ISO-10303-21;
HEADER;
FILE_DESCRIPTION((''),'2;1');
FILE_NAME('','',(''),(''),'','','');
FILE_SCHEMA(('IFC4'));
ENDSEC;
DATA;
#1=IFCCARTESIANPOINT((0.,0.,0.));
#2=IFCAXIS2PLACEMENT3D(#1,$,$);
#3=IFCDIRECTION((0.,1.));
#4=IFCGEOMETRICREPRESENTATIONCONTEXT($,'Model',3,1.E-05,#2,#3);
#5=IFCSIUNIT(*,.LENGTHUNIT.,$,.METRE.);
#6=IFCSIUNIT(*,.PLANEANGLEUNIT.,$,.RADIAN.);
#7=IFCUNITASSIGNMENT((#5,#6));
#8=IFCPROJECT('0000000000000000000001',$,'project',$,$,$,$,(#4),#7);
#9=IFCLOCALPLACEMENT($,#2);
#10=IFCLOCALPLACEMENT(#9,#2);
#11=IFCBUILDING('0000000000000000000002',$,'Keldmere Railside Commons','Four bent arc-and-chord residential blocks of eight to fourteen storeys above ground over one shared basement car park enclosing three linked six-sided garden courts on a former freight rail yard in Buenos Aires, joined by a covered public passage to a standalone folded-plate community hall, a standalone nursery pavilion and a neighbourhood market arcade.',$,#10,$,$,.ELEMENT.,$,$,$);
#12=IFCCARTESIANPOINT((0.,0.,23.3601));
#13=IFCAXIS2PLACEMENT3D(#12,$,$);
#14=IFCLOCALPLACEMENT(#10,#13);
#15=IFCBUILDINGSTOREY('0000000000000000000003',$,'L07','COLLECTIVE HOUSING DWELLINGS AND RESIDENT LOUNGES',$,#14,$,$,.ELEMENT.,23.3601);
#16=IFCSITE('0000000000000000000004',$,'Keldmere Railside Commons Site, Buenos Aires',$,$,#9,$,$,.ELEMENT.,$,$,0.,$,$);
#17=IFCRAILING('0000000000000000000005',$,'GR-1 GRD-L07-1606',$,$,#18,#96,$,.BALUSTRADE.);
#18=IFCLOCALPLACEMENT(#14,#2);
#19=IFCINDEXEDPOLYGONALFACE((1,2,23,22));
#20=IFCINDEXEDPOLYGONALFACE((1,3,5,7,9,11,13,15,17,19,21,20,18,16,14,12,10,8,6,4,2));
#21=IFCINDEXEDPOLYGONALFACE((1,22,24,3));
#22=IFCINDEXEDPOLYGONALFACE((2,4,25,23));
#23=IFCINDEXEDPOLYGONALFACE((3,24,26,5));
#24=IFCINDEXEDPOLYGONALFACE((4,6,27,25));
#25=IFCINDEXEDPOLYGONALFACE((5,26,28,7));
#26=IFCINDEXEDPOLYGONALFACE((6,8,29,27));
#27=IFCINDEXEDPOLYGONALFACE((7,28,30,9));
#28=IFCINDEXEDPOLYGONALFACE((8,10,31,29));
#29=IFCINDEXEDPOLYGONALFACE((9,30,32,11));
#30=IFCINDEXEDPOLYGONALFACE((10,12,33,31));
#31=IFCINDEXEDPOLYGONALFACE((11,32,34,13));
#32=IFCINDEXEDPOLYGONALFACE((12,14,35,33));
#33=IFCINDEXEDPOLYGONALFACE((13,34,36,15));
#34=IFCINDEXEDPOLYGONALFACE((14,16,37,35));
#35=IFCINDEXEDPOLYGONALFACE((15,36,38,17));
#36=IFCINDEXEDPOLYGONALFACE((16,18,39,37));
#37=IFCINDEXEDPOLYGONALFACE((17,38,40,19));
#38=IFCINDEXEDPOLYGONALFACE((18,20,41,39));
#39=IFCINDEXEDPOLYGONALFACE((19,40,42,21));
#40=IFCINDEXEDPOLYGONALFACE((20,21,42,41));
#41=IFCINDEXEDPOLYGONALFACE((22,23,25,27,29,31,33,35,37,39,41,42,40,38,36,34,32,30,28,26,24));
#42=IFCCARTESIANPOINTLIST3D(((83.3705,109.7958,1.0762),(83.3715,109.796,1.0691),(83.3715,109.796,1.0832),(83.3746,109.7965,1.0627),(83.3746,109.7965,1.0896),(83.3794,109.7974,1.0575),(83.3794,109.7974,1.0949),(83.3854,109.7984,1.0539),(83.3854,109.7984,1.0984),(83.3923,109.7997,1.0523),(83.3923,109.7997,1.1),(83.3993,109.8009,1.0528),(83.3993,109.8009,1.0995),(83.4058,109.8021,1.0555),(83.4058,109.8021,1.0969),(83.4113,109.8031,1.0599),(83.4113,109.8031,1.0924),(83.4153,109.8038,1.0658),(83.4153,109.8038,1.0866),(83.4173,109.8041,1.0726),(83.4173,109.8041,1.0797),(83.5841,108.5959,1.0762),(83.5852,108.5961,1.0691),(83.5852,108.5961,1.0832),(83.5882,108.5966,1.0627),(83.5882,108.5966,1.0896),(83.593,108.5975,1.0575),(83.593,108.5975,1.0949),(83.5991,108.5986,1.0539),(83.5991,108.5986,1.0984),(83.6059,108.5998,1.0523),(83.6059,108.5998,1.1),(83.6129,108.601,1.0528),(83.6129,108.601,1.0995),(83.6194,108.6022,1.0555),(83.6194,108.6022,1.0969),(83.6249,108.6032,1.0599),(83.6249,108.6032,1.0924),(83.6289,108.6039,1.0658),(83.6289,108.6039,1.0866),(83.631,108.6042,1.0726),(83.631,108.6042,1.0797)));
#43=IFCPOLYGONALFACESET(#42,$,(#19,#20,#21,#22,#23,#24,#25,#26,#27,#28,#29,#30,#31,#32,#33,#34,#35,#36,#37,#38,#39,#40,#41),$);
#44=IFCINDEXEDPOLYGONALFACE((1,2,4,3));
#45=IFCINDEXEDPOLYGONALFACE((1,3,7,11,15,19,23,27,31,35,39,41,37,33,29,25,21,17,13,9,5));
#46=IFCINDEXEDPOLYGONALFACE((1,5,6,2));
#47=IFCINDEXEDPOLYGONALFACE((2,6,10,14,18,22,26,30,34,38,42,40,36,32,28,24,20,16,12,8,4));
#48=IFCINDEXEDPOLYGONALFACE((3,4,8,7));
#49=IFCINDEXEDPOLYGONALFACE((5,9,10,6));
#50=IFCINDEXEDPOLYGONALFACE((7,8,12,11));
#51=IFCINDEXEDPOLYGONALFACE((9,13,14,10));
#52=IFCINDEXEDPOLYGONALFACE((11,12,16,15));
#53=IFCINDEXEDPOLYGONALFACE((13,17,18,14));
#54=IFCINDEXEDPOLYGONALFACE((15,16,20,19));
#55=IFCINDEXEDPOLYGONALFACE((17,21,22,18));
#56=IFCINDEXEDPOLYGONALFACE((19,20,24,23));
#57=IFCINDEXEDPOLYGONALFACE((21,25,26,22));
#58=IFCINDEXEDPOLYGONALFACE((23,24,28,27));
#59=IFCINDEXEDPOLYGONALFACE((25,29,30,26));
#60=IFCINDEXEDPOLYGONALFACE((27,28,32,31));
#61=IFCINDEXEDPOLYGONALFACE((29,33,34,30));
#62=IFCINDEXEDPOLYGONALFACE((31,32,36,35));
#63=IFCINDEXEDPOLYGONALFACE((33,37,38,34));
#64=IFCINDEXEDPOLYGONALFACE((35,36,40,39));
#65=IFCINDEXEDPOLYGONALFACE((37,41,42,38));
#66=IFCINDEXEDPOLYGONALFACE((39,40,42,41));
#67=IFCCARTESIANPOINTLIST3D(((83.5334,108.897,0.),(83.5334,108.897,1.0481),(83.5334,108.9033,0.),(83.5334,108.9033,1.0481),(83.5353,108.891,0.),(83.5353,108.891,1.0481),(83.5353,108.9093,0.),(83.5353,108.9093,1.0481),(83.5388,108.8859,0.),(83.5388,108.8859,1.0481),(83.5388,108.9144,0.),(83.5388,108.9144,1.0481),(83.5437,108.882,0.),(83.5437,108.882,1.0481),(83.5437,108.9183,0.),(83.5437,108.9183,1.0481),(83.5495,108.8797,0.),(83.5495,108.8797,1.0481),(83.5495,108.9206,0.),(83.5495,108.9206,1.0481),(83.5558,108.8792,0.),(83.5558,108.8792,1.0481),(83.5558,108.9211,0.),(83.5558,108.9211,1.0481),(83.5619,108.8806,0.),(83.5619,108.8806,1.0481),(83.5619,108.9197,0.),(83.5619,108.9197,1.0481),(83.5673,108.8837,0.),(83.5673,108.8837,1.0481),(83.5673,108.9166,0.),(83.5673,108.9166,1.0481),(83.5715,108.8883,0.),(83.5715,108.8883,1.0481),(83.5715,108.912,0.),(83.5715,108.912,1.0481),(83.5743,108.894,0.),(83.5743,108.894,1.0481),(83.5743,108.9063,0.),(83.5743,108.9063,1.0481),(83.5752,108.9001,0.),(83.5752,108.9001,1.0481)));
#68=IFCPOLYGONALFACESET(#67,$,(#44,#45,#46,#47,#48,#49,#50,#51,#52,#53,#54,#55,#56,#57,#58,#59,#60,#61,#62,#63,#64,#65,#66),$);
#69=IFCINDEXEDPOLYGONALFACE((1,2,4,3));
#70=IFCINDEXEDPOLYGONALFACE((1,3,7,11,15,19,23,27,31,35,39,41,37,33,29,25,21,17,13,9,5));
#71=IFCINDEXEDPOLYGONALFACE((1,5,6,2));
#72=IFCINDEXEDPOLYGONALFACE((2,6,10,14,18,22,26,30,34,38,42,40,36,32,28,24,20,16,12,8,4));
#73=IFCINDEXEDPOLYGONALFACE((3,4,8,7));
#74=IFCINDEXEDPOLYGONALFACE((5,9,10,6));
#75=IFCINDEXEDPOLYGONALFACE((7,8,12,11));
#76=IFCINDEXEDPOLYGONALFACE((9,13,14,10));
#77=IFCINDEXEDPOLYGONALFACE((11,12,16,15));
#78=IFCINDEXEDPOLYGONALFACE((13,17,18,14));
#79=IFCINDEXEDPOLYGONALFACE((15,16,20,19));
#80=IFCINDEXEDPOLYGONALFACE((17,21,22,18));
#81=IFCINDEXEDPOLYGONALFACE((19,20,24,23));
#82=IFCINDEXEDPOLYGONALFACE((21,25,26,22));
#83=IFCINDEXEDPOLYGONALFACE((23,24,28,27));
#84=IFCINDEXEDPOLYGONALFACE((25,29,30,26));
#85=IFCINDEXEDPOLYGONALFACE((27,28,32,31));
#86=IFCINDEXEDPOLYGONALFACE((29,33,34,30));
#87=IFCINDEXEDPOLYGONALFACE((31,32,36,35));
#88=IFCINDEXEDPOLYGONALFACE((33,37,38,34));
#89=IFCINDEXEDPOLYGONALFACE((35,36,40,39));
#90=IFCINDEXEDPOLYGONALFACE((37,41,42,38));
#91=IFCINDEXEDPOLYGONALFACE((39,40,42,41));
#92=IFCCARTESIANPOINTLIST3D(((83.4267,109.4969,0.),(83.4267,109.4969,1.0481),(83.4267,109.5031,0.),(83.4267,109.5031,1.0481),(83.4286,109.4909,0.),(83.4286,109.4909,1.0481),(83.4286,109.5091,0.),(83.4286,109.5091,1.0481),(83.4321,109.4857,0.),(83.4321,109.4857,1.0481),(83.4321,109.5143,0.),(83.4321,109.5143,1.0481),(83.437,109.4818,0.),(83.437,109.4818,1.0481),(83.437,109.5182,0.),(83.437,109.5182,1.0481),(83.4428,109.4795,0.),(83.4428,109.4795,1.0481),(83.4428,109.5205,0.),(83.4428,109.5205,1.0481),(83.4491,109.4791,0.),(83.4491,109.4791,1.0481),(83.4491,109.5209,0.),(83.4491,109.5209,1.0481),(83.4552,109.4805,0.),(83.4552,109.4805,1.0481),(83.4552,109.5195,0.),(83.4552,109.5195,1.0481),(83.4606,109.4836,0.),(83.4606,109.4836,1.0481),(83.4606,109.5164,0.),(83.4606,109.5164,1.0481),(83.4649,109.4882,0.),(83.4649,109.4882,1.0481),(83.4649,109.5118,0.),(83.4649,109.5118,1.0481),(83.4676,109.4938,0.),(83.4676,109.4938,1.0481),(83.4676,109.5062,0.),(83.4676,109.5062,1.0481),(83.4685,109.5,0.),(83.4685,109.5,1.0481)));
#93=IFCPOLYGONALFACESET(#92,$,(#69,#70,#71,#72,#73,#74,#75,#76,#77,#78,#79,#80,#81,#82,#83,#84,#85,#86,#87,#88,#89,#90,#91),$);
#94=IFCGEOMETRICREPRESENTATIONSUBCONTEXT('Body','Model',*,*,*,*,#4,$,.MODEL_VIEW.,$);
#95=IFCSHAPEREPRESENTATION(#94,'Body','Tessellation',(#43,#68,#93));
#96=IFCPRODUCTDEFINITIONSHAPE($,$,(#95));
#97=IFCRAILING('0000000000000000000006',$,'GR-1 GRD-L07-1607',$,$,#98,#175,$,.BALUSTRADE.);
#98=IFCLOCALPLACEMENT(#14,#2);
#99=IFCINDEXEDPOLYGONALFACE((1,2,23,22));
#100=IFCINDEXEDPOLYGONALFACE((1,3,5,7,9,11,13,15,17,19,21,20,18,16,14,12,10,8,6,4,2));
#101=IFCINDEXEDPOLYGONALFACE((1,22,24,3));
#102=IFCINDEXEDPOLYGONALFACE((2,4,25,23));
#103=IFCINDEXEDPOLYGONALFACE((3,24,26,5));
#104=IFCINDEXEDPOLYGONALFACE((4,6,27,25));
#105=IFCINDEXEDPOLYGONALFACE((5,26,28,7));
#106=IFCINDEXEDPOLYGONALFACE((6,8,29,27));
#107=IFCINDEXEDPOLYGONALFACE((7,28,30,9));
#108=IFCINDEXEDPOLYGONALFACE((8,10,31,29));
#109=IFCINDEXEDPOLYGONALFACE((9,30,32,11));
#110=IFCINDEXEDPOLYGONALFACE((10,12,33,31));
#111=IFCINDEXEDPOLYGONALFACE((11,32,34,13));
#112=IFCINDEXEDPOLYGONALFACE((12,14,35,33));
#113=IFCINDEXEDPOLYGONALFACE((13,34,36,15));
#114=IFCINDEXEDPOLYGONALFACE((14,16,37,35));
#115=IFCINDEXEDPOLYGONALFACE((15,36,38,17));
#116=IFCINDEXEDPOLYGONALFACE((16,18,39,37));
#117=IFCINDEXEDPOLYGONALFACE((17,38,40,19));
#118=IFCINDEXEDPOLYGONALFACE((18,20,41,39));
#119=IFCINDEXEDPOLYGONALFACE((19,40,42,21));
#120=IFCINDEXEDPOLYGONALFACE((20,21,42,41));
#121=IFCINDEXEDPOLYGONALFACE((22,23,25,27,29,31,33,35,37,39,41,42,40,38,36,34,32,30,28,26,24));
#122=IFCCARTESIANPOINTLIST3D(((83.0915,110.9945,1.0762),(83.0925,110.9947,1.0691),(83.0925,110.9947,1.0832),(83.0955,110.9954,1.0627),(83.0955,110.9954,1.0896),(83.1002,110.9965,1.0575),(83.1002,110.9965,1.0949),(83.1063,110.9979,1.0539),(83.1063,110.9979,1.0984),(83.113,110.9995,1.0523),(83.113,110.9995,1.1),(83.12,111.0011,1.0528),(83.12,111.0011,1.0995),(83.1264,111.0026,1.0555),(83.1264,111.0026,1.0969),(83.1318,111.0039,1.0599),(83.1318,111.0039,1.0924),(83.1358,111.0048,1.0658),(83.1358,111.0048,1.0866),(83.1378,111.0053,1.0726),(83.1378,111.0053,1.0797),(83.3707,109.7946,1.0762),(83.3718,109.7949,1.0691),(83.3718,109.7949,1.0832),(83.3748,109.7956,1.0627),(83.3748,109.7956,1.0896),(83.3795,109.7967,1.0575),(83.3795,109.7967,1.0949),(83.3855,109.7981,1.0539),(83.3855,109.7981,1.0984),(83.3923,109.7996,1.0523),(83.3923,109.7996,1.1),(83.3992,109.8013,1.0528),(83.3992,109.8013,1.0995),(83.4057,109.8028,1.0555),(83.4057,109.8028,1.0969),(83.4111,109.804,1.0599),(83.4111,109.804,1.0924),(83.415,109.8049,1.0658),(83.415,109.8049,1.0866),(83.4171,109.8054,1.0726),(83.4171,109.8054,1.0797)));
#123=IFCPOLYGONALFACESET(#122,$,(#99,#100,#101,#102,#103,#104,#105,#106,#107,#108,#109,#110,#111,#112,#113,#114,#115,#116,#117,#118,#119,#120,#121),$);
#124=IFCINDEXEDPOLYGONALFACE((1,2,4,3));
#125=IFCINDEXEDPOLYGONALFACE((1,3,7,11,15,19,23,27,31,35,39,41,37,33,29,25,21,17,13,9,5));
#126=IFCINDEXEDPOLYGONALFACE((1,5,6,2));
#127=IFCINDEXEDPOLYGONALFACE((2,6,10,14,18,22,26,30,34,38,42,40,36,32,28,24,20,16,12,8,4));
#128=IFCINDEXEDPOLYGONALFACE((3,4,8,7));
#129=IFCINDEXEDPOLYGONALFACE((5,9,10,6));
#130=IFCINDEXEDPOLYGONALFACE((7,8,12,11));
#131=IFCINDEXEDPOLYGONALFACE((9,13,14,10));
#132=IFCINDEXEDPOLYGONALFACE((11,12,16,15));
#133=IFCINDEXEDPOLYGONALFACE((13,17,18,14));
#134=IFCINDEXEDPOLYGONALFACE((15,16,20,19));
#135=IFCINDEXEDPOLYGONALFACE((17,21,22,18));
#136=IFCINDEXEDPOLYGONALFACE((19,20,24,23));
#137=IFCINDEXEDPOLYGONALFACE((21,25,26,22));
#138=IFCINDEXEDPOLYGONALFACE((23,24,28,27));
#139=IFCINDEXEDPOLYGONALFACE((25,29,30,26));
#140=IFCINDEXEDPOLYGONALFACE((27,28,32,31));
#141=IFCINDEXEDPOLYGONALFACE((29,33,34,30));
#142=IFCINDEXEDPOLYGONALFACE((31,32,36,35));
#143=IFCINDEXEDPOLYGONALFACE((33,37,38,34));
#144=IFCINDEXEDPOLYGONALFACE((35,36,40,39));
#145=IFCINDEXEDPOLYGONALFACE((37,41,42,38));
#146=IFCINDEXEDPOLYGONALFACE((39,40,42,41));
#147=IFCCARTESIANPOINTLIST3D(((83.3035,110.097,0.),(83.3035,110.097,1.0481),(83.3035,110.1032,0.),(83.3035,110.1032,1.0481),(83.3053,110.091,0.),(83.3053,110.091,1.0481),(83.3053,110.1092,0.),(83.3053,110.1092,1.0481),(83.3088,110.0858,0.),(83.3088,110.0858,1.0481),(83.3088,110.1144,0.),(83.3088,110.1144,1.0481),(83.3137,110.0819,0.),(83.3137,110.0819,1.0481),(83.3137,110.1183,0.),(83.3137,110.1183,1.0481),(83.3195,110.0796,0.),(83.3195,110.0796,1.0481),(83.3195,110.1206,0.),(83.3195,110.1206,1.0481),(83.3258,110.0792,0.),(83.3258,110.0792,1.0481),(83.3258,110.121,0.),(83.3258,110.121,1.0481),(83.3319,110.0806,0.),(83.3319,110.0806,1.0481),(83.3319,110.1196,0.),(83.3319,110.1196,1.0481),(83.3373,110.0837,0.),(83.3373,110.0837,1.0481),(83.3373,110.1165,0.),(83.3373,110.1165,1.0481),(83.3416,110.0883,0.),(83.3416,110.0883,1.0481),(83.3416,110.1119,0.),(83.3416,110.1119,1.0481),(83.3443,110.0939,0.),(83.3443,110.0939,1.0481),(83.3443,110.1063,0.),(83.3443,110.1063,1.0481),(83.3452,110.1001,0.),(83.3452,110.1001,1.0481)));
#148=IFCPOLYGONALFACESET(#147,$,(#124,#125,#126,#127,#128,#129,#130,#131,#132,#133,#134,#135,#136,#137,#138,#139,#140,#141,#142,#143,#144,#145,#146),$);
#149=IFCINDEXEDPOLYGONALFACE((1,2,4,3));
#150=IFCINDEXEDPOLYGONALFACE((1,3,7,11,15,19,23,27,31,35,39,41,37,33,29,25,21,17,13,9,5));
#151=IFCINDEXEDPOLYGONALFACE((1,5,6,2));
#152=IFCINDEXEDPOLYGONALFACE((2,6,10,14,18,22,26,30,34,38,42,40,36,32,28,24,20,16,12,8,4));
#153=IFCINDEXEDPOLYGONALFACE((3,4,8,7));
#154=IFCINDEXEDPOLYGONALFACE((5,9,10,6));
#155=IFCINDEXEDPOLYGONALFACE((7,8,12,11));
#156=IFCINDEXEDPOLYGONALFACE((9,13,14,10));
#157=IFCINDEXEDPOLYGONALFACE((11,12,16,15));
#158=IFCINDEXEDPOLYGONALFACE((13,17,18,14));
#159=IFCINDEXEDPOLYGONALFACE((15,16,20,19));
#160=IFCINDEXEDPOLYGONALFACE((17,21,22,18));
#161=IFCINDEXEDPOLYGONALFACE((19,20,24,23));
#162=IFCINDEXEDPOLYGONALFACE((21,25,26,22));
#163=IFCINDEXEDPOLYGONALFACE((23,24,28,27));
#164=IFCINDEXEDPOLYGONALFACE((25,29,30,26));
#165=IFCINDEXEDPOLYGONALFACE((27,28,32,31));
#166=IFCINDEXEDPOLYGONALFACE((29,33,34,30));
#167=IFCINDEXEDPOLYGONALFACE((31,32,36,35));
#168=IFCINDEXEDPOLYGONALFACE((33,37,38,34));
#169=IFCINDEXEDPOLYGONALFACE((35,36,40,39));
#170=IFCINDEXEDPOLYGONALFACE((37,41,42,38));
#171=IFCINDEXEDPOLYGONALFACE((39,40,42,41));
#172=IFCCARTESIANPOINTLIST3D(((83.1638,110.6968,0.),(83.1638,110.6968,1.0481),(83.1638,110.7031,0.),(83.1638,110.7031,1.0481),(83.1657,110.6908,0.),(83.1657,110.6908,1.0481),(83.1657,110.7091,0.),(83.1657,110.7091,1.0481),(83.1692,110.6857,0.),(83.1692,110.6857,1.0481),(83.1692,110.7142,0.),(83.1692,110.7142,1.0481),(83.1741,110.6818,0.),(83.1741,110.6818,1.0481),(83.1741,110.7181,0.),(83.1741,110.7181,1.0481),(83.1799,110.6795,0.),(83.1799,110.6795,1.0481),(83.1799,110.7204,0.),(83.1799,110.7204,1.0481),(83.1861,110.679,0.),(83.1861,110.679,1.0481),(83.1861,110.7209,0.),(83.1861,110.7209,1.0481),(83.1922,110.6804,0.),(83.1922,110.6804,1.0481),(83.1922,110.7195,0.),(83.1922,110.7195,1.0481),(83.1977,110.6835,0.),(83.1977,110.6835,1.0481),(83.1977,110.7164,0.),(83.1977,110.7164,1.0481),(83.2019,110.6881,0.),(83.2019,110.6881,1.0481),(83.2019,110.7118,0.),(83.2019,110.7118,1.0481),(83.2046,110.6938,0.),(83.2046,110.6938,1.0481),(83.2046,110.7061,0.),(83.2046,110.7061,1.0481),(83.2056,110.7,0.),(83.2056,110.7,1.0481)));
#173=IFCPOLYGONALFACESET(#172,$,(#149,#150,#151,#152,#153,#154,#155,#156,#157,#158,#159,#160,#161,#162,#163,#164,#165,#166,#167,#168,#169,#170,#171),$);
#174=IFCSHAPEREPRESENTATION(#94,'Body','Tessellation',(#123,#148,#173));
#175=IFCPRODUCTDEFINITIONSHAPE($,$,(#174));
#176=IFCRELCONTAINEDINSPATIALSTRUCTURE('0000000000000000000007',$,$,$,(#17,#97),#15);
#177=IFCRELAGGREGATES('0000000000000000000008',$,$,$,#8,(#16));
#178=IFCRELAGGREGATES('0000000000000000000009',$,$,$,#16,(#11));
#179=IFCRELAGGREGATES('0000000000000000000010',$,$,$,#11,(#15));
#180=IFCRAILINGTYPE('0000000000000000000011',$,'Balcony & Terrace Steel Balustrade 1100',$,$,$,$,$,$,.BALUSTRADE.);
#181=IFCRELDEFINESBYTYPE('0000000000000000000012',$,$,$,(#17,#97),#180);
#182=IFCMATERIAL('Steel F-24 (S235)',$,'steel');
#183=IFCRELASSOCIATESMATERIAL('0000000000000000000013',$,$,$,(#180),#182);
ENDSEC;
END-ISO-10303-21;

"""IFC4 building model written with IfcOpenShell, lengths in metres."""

from ifc_helpers import new_model, si_unit, direction, frame, origin, origin_2d, place, context, subcontext, project, spatial, circle, extrude, material, type_object, element, save


model = new_model("IFC4")

# Units and contexts
model_context = context("Model", 3, precision=1e-05, world=origin(), true_north=direction((0.0, 1.0)))
body_context = subcontext(model_context, "Body", "Model", "MODEL_VIEW")
ifc_project = project(units=[si_unit("LENGTHUNIT", "METRE"), si_unit("PLANEANGLEUNIT", "RADIAN")], contexts=[model_context])

# Site, building, storey
site_placement = place(None, origin())
site = spatial("IfcSite", under=ifc_project, at=site_placement, Name="Keldmere Railside Commons Site, Buenos Aires", CompositionType="ELEMENT", RefElevation=0.0)
building_placement = place(site_placement, origin())
building = spatial("IfcBuilding", under=site, at=building_placement, Name="Keldmere Railside Commons", Description="Four bent arc-and-chord residential blocks of eight to fourteen storeys above ground over one shared basement car park enclosing three linked six-sided garden courts on a former freight rail yard in Buenos Aires, joined by a covered public passage to a standalone folded-plate community hall, a standalone nursery pavilion and a neighbourhood market arcade.", CompositionType="ELEMENT")
storey_placement = place(building_placement, frame((0.0, 0.0, 23.3601)))
storey = spatial("IfcBuildingStorey", under=building, at=storey_placement, Name="L07", Description="COLLECTIVE HOUSING DWELLINGS AND RESIDENT LOUNGES", CompositionType="ELEMENT", Elevation=23.3601)

# Railings
ifc_material_1 = material(Name="Steel F-24 (S235)", Category="steel")
railing_type = type_object("IfcRailingType", Name="Balcony & Terrace Steel Balustrade 1100", PredefinedType="BALUSTRADE", material=ifc_material_1)
railing_1_placement = place(storey_placement, frame((83.6077, 108.6001, 0.0)))
element("IfcRailing", 1, at=railing_1_placement, inside=storey, type_object=railing_type, Name="GR-1 GRD-L07-1606", PredefinedType="BALUSTRADE", context=body_context, shape_type="SweptSolid", body=[
    extrude(circle(Radius=0.0239, at=origin_2d()), frame((0.0, 0.0, 1.0762), z_axis=(-0.175271, 0.98452, 0.0), x_axis=(-0.98452, -0.175271, 0.0)), (0.0, 0.0, 1.0), 1.2188),
    extrude(circle(Radius=0.021, at=origin_2d()), frame((-0.0535, 0.3, 0.0)), (0.0, 0.0, 1.0), 1.0481),
    extrude(circle(Radius=0.021, at=origin_2d()), frame((-0.1602, 0.8999, 0.0)), (0.0, 0.0, 1.0), 1.0481),
])
railing_2_placement = place(storey_placement, frame((83.394, 109.8, 0.0)))
element("IfcRailing", 2, at=railing_2_placement, inside=storey, type_object=railing_type, Name="GR-1 GRD-L07-1607", PredefinedType="BALUSTRADE", context=body_context, shape_type="SweptSolid", body=[
    extrude(circle(Radius=0.0239, at=origin_2d()), frame((0.0, 0.0, 1.0762), z_axis=(-0.226697, 0.973965, 0.0), x_axis=(-0.973965, -0.226697, 0.0)), (0.0, 0.0, 1.0), 1.2319),
    extrude(circle(Radius=0.021, at=origin_2d()), frame((-0.0698, 0.3, 0.0)), (0.0, 0.0, 1.0), 1.0481),
    extrude(circle(Radius=0.021, at=origin_2d()), frame((-0.2095, 0.8999, 0.0)), (0.0, 0.0, 1.0), 1.0481),
])

save(model, "model.ifc")
